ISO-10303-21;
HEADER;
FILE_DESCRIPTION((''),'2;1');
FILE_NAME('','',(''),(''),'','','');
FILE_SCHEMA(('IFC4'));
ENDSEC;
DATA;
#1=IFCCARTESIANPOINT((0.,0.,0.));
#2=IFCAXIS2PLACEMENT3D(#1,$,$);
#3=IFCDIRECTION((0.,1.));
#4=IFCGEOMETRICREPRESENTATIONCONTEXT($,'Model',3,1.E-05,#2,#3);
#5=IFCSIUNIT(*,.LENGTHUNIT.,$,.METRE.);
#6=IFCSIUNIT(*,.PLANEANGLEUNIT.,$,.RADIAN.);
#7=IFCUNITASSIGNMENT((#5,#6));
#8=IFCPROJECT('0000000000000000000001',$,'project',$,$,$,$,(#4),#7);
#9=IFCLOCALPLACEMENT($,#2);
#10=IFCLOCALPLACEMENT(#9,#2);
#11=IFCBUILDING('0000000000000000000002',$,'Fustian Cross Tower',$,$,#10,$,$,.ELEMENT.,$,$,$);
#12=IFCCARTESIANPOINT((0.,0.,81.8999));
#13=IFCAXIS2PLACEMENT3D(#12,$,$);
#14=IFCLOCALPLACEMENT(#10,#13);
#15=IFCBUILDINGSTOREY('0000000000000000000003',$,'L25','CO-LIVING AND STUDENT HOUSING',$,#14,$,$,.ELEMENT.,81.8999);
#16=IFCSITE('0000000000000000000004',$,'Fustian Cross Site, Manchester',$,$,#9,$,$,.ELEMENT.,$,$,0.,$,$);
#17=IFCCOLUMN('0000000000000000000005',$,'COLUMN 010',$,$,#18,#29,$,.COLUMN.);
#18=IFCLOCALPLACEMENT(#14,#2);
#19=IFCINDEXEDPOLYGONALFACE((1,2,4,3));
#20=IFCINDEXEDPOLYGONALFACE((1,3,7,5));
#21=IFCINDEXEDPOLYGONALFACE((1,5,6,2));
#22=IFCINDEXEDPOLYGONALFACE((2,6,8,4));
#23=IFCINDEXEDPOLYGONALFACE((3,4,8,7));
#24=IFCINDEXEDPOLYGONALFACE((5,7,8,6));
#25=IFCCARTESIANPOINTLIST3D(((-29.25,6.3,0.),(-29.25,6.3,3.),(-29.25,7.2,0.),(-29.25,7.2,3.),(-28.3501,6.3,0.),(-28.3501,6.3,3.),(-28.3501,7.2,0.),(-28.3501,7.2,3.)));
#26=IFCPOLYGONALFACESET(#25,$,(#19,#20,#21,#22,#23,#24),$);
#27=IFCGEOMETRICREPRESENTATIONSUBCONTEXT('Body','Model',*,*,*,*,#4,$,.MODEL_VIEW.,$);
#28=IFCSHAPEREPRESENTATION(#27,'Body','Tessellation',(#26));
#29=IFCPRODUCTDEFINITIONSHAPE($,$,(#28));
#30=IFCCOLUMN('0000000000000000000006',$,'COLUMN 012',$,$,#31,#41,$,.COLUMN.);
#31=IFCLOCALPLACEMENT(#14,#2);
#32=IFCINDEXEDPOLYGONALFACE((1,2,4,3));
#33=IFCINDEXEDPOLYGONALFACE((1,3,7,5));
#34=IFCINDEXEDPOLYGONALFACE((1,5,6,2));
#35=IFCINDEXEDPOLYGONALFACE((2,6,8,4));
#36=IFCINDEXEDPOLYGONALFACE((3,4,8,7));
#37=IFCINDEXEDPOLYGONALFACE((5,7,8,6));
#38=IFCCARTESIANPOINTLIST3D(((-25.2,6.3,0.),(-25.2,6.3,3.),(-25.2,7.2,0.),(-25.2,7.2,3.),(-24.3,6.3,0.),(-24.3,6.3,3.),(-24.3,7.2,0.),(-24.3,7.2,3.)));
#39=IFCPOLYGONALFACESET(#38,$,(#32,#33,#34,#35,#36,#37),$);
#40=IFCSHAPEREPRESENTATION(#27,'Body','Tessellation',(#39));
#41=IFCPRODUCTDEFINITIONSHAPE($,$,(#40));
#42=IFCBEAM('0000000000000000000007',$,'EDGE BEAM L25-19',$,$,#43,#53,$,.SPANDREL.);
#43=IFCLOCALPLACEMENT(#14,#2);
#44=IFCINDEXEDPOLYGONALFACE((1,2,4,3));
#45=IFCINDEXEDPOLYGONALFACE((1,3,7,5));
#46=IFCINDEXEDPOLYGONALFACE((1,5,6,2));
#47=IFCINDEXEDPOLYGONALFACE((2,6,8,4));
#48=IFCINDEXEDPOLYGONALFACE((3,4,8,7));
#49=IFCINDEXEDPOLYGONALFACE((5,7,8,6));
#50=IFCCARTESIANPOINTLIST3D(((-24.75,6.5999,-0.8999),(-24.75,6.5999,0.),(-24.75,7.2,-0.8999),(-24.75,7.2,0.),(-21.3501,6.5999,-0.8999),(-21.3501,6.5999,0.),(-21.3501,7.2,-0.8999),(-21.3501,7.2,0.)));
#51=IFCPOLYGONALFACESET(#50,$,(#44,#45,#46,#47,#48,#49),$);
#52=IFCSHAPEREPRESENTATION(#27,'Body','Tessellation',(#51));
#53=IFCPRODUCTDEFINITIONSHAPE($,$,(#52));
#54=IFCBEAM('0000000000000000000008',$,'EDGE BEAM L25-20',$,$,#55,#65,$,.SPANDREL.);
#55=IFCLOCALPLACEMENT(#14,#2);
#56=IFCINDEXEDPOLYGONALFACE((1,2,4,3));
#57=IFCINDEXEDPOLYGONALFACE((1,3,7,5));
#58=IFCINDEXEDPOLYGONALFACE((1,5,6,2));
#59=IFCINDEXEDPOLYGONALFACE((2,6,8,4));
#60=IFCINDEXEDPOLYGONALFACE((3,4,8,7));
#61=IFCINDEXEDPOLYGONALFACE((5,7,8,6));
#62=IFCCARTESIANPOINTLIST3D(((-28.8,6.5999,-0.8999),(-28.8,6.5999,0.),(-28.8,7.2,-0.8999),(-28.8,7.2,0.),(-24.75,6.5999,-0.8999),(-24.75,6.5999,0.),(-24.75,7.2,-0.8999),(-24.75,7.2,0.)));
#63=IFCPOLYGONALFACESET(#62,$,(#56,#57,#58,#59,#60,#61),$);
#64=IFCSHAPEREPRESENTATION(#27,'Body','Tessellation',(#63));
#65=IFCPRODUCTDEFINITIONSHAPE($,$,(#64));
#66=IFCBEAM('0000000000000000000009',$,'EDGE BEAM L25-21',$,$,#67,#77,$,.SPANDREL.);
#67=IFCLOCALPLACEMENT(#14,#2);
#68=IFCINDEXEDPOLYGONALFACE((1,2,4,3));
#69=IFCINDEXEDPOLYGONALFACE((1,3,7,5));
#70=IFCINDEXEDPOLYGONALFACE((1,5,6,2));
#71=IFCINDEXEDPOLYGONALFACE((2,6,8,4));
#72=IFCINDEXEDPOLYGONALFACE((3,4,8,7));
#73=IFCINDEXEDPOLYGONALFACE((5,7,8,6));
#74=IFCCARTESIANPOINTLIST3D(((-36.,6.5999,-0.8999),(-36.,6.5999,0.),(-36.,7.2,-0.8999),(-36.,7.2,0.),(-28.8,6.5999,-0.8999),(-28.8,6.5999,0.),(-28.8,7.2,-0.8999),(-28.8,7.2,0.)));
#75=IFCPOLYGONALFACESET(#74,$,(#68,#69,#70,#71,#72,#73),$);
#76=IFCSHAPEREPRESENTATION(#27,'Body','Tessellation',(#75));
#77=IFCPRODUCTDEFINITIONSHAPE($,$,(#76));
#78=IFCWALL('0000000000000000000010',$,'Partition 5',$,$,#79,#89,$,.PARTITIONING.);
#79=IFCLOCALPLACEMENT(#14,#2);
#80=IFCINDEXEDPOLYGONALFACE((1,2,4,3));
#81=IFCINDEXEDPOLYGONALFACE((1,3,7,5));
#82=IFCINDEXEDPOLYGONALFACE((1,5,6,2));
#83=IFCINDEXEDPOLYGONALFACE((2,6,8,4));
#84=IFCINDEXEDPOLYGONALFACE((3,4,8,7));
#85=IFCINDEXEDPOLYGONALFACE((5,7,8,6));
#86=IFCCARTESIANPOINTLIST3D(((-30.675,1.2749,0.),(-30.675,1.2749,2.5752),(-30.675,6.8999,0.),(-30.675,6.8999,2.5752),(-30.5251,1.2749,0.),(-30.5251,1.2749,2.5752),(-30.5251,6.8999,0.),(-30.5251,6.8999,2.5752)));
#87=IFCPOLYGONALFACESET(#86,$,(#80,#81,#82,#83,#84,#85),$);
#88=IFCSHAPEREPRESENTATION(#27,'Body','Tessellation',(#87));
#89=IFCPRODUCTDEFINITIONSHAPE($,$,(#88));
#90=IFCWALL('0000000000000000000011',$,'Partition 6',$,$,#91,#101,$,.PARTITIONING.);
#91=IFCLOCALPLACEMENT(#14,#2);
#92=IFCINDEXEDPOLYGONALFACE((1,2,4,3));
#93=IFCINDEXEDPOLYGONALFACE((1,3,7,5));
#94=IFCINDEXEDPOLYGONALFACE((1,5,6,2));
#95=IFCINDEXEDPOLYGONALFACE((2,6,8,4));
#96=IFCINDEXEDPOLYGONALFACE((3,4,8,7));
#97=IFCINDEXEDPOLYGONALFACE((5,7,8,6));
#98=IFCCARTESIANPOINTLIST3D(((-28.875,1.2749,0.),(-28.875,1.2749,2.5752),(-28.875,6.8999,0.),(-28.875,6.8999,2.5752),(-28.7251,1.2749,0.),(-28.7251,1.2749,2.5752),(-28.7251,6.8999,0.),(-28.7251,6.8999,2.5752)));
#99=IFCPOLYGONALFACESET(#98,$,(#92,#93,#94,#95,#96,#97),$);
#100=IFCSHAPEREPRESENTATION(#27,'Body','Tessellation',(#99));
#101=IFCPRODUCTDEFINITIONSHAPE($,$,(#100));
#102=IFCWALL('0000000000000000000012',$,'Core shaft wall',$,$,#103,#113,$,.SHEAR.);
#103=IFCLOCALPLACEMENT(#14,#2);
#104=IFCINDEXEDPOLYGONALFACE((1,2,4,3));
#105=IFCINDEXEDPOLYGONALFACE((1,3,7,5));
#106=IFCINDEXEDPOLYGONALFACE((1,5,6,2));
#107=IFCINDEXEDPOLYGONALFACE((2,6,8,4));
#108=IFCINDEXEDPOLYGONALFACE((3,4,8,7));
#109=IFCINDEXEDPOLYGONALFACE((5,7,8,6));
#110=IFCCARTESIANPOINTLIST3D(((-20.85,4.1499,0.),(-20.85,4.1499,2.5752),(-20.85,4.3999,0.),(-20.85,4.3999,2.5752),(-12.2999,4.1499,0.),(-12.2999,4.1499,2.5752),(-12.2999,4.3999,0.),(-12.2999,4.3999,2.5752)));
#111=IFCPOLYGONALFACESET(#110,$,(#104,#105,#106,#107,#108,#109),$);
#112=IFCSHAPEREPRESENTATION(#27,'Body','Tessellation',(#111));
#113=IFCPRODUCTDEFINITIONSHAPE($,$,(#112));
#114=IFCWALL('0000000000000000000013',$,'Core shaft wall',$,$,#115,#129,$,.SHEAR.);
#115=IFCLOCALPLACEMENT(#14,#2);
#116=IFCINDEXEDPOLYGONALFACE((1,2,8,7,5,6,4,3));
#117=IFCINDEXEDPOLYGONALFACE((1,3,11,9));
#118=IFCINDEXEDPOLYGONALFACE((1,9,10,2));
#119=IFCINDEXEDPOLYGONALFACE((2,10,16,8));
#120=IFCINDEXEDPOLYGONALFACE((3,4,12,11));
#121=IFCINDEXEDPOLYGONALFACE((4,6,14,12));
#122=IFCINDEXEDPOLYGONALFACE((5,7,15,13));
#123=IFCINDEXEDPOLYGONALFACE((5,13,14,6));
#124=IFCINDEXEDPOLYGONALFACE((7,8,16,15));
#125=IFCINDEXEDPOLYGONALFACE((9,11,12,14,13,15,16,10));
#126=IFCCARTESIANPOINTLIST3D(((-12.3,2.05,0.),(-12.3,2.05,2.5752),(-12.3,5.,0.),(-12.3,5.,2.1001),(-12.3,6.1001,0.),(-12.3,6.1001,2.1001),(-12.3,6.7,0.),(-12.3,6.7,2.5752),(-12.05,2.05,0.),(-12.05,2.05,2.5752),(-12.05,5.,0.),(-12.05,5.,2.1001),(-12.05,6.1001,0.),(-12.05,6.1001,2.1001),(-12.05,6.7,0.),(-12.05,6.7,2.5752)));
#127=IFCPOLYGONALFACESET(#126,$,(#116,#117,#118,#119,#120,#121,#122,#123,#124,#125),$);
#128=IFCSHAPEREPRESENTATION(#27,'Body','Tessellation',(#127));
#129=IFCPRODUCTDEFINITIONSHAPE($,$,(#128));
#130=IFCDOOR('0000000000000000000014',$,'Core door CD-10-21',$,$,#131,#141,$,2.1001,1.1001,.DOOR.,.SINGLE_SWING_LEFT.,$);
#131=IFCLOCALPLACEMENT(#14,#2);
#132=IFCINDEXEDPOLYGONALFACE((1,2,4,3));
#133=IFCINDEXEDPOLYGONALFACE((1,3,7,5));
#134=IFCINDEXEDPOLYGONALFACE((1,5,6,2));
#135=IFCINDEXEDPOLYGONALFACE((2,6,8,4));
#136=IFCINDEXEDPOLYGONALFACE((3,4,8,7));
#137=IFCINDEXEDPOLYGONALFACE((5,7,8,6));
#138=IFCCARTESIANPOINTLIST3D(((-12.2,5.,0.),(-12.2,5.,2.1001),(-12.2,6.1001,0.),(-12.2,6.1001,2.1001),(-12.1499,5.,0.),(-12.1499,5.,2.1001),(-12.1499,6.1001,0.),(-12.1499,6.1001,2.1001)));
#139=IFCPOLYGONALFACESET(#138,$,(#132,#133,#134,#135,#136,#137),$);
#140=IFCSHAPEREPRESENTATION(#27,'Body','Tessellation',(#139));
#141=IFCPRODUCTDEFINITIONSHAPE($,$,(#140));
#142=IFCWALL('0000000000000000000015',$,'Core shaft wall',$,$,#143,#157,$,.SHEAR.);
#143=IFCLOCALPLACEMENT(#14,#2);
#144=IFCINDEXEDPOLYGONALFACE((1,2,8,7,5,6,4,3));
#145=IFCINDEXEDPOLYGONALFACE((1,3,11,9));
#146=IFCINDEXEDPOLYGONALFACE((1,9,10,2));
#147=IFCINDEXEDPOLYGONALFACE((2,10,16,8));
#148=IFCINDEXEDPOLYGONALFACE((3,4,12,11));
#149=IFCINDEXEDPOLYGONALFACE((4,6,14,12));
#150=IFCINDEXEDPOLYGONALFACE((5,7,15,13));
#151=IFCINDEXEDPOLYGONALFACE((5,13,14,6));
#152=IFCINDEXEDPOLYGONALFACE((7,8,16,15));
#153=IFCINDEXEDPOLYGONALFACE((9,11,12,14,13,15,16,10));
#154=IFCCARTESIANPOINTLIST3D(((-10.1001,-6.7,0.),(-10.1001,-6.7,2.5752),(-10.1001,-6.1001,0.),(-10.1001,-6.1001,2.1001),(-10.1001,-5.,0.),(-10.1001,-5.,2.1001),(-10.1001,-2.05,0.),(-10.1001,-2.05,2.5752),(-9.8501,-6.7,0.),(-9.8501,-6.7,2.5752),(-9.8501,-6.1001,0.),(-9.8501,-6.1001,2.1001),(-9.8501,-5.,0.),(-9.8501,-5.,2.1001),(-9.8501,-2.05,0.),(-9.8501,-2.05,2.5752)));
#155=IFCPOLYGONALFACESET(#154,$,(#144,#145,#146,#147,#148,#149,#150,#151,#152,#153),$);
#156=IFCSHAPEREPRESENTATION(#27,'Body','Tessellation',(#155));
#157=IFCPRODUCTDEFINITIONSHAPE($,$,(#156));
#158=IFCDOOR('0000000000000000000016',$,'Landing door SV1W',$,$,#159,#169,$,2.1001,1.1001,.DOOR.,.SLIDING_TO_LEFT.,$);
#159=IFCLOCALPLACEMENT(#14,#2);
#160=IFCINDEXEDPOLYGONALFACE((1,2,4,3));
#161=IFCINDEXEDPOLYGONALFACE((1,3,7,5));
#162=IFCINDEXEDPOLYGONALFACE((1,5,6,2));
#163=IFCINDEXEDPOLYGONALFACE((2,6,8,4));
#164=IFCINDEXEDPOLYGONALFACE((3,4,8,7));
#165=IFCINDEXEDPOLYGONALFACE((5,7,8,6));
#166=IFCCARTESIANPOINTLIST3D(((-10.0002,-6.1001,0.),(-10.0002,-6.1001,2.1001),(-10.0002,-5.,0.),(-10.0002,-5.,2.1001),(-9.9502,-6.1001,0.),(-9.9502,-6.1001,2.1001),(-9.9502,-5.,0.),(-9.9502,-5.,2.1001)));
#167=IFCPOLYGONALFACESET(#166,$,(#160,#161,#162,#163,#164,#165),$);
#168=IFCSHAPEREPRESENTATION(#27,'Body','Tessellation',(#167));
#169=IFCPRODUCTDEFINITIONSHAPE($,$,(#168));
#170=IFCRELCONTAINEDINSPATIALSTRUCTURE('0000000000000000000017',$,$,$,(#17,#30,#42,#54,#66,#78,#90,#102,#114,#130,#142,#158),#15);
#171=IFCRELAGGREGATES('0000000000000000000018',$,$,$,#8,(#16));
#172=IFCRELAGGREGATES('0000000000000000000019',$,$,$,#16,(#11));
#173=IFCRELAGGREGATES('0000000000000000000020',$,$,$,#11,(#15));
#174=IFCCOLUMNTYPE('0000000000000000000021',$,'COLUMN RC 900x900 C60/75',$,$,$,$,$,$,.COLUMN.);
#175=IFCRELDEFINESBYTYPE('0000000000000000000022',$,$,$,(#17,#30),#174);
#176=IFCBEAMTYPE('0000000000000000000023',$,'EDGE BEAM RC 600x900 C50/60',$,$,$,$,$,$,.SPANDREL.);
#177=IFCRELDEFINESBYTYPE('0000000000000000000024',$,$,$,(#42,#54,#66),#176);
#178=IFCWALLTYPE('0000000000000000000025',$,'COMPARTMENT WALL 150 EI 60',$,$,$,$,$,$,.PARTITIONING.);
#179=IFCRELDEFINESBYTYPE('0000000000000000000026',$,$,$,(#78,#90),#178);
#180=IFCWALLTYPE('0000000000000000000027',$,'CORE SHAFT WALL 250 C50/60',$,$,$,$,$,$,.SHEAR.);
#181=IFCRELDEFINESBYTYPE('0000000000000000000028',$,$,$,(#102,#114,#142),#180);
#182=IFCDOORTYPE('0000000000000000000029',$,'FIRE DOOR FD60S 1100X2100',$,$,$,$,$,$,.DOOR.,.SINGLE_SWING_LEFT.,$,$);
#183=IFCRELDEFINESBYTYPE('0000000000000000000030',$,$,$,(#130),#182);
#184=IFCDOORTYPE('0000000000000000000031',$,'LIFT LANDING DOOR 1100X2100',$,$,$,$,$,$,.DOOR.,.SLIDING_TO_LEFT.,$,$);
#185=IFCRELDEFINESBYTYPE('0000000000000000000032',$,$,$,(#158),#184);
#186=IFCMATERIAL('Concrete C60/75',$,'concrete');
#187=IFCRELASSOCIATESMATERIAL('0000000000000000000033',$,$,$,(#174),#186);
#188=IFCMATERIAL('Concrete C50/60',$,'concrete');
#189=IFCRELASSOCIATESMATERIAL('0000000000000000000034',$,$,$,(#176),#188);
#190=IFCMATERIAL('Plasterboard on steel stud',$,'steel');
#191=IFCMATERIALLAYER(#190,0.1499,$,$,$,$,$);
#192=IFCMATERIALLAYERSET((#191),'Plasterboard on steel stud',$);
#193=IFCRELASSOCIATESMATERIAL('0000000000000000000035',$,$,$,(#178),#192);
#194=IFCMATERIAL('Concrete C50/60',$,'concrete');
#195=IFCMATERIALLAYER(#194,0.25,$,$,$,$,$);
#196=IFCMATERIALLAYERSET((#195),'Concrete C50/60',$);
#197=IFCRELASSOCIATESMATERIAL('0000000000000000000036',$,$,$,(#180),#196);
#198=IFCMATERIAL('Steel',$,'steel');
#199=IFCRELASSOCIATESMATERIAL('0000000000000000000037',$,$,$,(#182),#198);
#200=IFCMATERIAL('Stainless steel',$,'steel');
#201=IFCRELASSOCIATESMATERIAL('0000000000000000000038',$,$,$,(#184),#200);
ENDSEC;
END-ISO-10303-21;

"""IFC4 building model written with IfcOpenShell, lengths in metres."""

from ifc_helpers import new_model, si_unit, direction, frame, frame_2d, origin, origin_2d, place, context, subcontext, project, spatial, rectangle, extrude, material, layer, layer_set, material_profile, profile_set, type_object, element, fill, save


model = new_model("IFC4")

# Units and contexts
model_context = context("Model", 3, precision=1e-05, world=origin(), true_north=direction((0.0, 1.0)))
body_context = subcontext(model_context, "Body", "Model", "MODEL_VIEW")
ifc_project = project(units=[si_unit("LENGTHUNIT", "METRE"), si_unit("PLANEANGLEUNIT", "RADIAN")], contexts=[model_context])

# Site, building, storey
site_placement = place(None, origin())
site = spatial("IfcSite", under=ifc_project, at=site_placement, Name="Fustian Cross Site, Manchester", CompositionType="ELEMENT", RefElevation=0.0)
building_placement = place(site_placement, origin())
building = spatial("IfcBuilding", under=site, at=building_placement, Name="Fustian Cross Tower", CompositionType="ELEMENT")
storey_placement = place(building_placement, frame((0.0, 0.0, 81.8999)))
storey = spatial("IfcBuildingStorey", under=building, at=storey_placement, Name="L25", Description="CO-LIVING AND STUDENT HOUSING", CompositionType="ELEMENT", Elevation=81.8999)

# Columns
ifc_material_1 = material(Name="Concrete C60/75", Category="concrete")
ifc_material_profile_1 = material_profile(ifc_material_1, rectangle(XDim=0.8999, YDim=0.8999, at=origin_2d()), Name="RC 900x900")
ifc_profile_set_1 = profile_set([ifc_material_profile_1], Name="Concrete C60/75")
column_type = type_object("IfcColumnType", Name="COLUMN RC 900x900 C60/75", PredefinedType="COLUMN", material=ifc_profile_set_1)
for number, where, z_axis, x_axis, name in (
    (1, (-28.8, 6.75, 0.0), (0.0, 0.0, 1.0), (1.0, 0.0, 0.0), "COLUMN 010"),
    (2, (-24.75, 6.75, 0.0), (0.0, 0.0, 1.0), (1.0, 0.0, 0.0), "COLUMN 012"),
):
    element("IfcColumn", number, at=place(storey_placement, frame(where, z_axis=z_axis, x_axis=x_axis)), inside=storey, type_object=column_type, Name=name, PredefinedType="COLUMN", context=body_context, shape_type="SweptSolid", body=[
        extrude(rectangle(XDim=0.8999, YDim=0.8999, at=origin_2d()), origin(), (0.0, 0.0, 1.0), 3.0),
    ])

# Beams
ifc_material_2 = material(Name="Concrete C50/60", Category="concrete")
ifc_material_profile_2 = material_profile(ifc_material_2, rectangle(XDim=0.6001, YDim=0.8999, at=origin_2d()), Name="RC 600x900")
ifc_profile_set_2 = profile_set([ifc_material_profile_2], Name="Concrete C50/60")
beam_type = type_object("IfcBeamType", Name="EDGE BEAM RC 600x900 C50/60", PredefinedType="SPANDREL", material=ifc_profile_set_2)
beam_1_placement = place(storey_placement, frame((-21.3501, 6.8999, -0.45), z_axis=(-1.0, 0.0, 0.0), x_axis=(0.0, -1.0, 0.0)))
element("IfcBeam", 3, at=beam_1_placement, inside=storey, type_object=beam_type, Name="EDGE BEAM L25-19", PredefinedType="SPANDREL", context=body_context, shape_type="SweptSolid", body=[
    extrude(rectangle(XDim=0.6001, YDim=0.8999, at=origin_2d()), origin(), (0.0, 0.0, 1.0), 3.3999),
])
beam_2_placement = place(storey_placement, frame((-24.75, 6.8999, -0.45), z_axis=(-1.0, 0.0, 0.0), x_axis=(0.0, -1.0, 0.0)))
element("IfcBeam", 4, at=beam_2_placement, inside=storey, type_object=beam_type, Name="EDGE BEAM L25-20", PredefinedType="SPANDREL", context=body_context, shape_type="SweptSolid", body=[
    extrude(rectangle(XDim=0.6001, YDim=0.8999, at=origin_2d()), origin(), (0.0, 0.0, 1.0), 4.05),
])
beam_3_placement = place(storey_placement, frame((-28.8, 6.8999, -0.45), z_axis=(-1.0, 0.0, 0.0), x_axis=(0.0, -1.0, 0.0)))
element("IfcBeam", 5, at=beam_3_placement, inside=storey, type_object=beam_type, Name="EDGE BEAM L25-21", PredefinedType="SPANDREL", context=body_context, shape_type="SweptSolid", body=[
    extrude(rectangle(XDim=0.6001, YDim=0.8999, at=origin_2d()), origin(), (0.0, 0.0, 1.0), 7.2),
])

# Walls
ifc_material_3 = material(Name="Plasterboard on steel stud", Category="steel")
ifc_layer_1 = layer(ifc_material_3, 0.1499)
ifc_layer_set_1 = layer_set([ifc_layer_1], Name="Plasterboard on steel stud")
wall_type_1 = type_object("IfcWallType", Name="COMPARTMENT WALL 150 EI 60", PredefinedType="PARTITIONING", material=ifc_layer_set_1)
for number, where, z_axis, x_axis, name in (
    (6, (-30.6001, 1.2749, 0.0), (0.0, 0.0, 1.0), (0.0, 1.0, 0.0), "Partition 5"),
    (7, (-28.8, 1.2749, 0.0), (0.0, 0.0, 1.0), (0.0, 1.0, 0.0), "Partition 6"),
):
    element("IfcWall", number, at=place(storey_placement, frame(where, z_axis=z_axis, x_axis=x_axis)), inside=storey, type_object=wall_type_1, Name=name, PredefinedType="PARTITIONING", context=body_context, shape_type="SweptSolid", body=[
        extrude(rectangle(XDim=5.625, YDim=0.1499, at=frame_2d((2.8125, 0.0))), origin(), (0.0, 0.0, 1.0), 2.5752),
    ])
ifc_material_4 = material(Name="Concrete C50/60", Category="concrete")
ifc_layer_2 = layer(ifc_material_4, 0.25)
ifc_layer_set_2 = layer_set([ifc_layer_2], Name="Concrete C50/60")
wall_type_2 = type_object("IfcWallType", Name="CORE SHAFT WALL 250 C50/60", PredefinedType="SHEAR", material=ifc_layer_set_2)
wall_1_placement = place(storey_placement, frame((-12.3, 4.2749, 0.0), z_axis=(0.0, 0.0, 1.0), x_axis=(-1.0, 0.0, 0.0)))
element("IfcWall", 8, at=wall_1_placement, inside=storey, type_object=wall_type_2, Name="Core shaft wall", PredefinedType="SHEAR", context=body_context, shape_type="SweptSolid", body=[
    extrude(rectangle(XDim=8.55, YDim=0.25, at=frame_2d((4.2749, 0.0))), origin(), (0.0, 0.0, 1.0), 2.5752),
])

# Walls, openings, doors
wall_2_placement = place(storey_placement, frame((-12.175, 2.05, 0.0), z_axis=(0.0, 0.0, 1.0), x_axis=(0.0, 1.0, 0.0)))
wall_2 = element("IfcWall", 9, at=wall_2_placement, inside=storey, type_object=wall_type_2, Name="Core shaft wall", PredefinedType="SHEAR", context=body_context, shape_type="SweptSolid", body=[
    extrude(rectangle(XDim=4.6499, YDim=0.25, at=frame_2d((2.325, 0.0))), origin(), (0.0, 0.0, 1.0), 2.5752),
])
opening_1_placement = place(wall_2_placement, frame((2.95, 0.0, 0.0)))
opening_1 = element("IfcOpeningElement", 10, at=opening_1_placement, cuts=wall_2, PredefinedType="OPENING", context=body_context, shape_type="SweptSolid", body=[
    extrude(rectangle(XDim=1.1001, YDim=2.1001, at=frame_2d((0.55, 1.05))), frame((0.0, 0.135, 0.0), z_axis=(0.0, -1.0, 0.0), x_axis=(1.0, 0.0, 0.0)), (0.0, 0.0, 1.0), 0.27),
])
ifc_material_5 = material(Name="Steel", Category="steel")
door_type_1 = type_object("IfcDoorType", Name="FIRE DOOR FD60S 1100X2100", OperationType="SINGLE_SWING_LEFT", PredefinedType="DOOR", material=ifc_material_5)
door_1_placement = place(opening_1_placement, origin())
door_1 = element("IfcDoor", 11, at=door_1_placement, inside=storey, type_object=door_type_1, Name="Core door CD-10-21", OperationType="SINGLE_SWING_LEFT", OverallHeight=2.1001, OverallWidth=1.1001, PredefinedType="DOOR", context=body_context, shape_type="SweptSolid", body=[
    extrude(rectangle(XDim=1.1001, YDim=2.1001, at=frame_2d((0.55, 1.05))), frame((0.0, 0.0249, 0.0), z_axis=(0.0, -1.0, 0.0), x_axis=(1.0, 0.0, 0.0)), (0.0, 0.0, 1.0), 0.05),
])
fill(opening_1, door_1)
wall_3_placement = place(storey_placement, frame((-9.9751, -2.05, 0.0), z_axis=(0.0, 0.0, 1.0), x_axis=(0.0, -1.0, 0.0)))
wall_3 = element("IfcWall", 12, at=wall_3_placement, inside=storey, type_object=wall_type_2, Name="Core shaft wall", PredefinedType="SHEAR", context=body_context, shape_type="SweptSolid", body=[
    extrude(rectangle(XDim=4.6499, YDim=0.25, at=frame_2d((2.325, 0.0))), origin(), (0.0, 0.0, 1.0), 2.5752),
])
opening_2_placement = place(wall_3_placement, frame((2.95, 0.0, 0.0)))
opening_2 = element("IfcOpeningElement", 13, at=opening_2_placement, cuts=wall_3, PredefinedType="OPENING", context=body_context, shape_type="SweptSolid", body=[
    extrude(rectangle(XDim=1.1001, YDim=2.1001, at=frame_2d((0.55, 1.05))), frame((0.0, 0.135, 0.0), z_axis=(0.0, -1.0, 0.0), x_axis=(1.0, 0.0, 0.0)), (0.0, 0.0, 1.0), 0.27),
])
ifc_material_6 = material(Name="Stainless steel", Category="steel")
door_type_2 = type_object("IfcDoorType", Name="LIFT LANDING DOOR 1100X2100", OperationType="SLIDING_TO_LEFT", PredefinedType="DOOR", material=ifc_material_6)
door_2_placement = place(opening_2_placement, origin())
door_2 = element("IfcDoor", 14, at=door_2_placement, inside=storey, type_object=door_type_2, Name="Landing door SV1W", OperationType="SLIDING_TO_LEFT", OverallHeight=2.1001, OverallWidth=1.1001, PredefinedType="DOOR", context=body_context, shape_type="SweptSolid", body=[
    extrude(rectangle(XDim=1.1001, YDim=2.1001, at=frame_2d((0.55, 1.05))), frame((0.0, 0.0249, 0.0), z_axis=(0.0, -1.0, 0.0), x_axis=(1.0, 0.0, 0.0)), (0.0, 0.0, 1.0), 0.05),
])
fill(opening_2, door_2)

save(model, "model.ifc")
